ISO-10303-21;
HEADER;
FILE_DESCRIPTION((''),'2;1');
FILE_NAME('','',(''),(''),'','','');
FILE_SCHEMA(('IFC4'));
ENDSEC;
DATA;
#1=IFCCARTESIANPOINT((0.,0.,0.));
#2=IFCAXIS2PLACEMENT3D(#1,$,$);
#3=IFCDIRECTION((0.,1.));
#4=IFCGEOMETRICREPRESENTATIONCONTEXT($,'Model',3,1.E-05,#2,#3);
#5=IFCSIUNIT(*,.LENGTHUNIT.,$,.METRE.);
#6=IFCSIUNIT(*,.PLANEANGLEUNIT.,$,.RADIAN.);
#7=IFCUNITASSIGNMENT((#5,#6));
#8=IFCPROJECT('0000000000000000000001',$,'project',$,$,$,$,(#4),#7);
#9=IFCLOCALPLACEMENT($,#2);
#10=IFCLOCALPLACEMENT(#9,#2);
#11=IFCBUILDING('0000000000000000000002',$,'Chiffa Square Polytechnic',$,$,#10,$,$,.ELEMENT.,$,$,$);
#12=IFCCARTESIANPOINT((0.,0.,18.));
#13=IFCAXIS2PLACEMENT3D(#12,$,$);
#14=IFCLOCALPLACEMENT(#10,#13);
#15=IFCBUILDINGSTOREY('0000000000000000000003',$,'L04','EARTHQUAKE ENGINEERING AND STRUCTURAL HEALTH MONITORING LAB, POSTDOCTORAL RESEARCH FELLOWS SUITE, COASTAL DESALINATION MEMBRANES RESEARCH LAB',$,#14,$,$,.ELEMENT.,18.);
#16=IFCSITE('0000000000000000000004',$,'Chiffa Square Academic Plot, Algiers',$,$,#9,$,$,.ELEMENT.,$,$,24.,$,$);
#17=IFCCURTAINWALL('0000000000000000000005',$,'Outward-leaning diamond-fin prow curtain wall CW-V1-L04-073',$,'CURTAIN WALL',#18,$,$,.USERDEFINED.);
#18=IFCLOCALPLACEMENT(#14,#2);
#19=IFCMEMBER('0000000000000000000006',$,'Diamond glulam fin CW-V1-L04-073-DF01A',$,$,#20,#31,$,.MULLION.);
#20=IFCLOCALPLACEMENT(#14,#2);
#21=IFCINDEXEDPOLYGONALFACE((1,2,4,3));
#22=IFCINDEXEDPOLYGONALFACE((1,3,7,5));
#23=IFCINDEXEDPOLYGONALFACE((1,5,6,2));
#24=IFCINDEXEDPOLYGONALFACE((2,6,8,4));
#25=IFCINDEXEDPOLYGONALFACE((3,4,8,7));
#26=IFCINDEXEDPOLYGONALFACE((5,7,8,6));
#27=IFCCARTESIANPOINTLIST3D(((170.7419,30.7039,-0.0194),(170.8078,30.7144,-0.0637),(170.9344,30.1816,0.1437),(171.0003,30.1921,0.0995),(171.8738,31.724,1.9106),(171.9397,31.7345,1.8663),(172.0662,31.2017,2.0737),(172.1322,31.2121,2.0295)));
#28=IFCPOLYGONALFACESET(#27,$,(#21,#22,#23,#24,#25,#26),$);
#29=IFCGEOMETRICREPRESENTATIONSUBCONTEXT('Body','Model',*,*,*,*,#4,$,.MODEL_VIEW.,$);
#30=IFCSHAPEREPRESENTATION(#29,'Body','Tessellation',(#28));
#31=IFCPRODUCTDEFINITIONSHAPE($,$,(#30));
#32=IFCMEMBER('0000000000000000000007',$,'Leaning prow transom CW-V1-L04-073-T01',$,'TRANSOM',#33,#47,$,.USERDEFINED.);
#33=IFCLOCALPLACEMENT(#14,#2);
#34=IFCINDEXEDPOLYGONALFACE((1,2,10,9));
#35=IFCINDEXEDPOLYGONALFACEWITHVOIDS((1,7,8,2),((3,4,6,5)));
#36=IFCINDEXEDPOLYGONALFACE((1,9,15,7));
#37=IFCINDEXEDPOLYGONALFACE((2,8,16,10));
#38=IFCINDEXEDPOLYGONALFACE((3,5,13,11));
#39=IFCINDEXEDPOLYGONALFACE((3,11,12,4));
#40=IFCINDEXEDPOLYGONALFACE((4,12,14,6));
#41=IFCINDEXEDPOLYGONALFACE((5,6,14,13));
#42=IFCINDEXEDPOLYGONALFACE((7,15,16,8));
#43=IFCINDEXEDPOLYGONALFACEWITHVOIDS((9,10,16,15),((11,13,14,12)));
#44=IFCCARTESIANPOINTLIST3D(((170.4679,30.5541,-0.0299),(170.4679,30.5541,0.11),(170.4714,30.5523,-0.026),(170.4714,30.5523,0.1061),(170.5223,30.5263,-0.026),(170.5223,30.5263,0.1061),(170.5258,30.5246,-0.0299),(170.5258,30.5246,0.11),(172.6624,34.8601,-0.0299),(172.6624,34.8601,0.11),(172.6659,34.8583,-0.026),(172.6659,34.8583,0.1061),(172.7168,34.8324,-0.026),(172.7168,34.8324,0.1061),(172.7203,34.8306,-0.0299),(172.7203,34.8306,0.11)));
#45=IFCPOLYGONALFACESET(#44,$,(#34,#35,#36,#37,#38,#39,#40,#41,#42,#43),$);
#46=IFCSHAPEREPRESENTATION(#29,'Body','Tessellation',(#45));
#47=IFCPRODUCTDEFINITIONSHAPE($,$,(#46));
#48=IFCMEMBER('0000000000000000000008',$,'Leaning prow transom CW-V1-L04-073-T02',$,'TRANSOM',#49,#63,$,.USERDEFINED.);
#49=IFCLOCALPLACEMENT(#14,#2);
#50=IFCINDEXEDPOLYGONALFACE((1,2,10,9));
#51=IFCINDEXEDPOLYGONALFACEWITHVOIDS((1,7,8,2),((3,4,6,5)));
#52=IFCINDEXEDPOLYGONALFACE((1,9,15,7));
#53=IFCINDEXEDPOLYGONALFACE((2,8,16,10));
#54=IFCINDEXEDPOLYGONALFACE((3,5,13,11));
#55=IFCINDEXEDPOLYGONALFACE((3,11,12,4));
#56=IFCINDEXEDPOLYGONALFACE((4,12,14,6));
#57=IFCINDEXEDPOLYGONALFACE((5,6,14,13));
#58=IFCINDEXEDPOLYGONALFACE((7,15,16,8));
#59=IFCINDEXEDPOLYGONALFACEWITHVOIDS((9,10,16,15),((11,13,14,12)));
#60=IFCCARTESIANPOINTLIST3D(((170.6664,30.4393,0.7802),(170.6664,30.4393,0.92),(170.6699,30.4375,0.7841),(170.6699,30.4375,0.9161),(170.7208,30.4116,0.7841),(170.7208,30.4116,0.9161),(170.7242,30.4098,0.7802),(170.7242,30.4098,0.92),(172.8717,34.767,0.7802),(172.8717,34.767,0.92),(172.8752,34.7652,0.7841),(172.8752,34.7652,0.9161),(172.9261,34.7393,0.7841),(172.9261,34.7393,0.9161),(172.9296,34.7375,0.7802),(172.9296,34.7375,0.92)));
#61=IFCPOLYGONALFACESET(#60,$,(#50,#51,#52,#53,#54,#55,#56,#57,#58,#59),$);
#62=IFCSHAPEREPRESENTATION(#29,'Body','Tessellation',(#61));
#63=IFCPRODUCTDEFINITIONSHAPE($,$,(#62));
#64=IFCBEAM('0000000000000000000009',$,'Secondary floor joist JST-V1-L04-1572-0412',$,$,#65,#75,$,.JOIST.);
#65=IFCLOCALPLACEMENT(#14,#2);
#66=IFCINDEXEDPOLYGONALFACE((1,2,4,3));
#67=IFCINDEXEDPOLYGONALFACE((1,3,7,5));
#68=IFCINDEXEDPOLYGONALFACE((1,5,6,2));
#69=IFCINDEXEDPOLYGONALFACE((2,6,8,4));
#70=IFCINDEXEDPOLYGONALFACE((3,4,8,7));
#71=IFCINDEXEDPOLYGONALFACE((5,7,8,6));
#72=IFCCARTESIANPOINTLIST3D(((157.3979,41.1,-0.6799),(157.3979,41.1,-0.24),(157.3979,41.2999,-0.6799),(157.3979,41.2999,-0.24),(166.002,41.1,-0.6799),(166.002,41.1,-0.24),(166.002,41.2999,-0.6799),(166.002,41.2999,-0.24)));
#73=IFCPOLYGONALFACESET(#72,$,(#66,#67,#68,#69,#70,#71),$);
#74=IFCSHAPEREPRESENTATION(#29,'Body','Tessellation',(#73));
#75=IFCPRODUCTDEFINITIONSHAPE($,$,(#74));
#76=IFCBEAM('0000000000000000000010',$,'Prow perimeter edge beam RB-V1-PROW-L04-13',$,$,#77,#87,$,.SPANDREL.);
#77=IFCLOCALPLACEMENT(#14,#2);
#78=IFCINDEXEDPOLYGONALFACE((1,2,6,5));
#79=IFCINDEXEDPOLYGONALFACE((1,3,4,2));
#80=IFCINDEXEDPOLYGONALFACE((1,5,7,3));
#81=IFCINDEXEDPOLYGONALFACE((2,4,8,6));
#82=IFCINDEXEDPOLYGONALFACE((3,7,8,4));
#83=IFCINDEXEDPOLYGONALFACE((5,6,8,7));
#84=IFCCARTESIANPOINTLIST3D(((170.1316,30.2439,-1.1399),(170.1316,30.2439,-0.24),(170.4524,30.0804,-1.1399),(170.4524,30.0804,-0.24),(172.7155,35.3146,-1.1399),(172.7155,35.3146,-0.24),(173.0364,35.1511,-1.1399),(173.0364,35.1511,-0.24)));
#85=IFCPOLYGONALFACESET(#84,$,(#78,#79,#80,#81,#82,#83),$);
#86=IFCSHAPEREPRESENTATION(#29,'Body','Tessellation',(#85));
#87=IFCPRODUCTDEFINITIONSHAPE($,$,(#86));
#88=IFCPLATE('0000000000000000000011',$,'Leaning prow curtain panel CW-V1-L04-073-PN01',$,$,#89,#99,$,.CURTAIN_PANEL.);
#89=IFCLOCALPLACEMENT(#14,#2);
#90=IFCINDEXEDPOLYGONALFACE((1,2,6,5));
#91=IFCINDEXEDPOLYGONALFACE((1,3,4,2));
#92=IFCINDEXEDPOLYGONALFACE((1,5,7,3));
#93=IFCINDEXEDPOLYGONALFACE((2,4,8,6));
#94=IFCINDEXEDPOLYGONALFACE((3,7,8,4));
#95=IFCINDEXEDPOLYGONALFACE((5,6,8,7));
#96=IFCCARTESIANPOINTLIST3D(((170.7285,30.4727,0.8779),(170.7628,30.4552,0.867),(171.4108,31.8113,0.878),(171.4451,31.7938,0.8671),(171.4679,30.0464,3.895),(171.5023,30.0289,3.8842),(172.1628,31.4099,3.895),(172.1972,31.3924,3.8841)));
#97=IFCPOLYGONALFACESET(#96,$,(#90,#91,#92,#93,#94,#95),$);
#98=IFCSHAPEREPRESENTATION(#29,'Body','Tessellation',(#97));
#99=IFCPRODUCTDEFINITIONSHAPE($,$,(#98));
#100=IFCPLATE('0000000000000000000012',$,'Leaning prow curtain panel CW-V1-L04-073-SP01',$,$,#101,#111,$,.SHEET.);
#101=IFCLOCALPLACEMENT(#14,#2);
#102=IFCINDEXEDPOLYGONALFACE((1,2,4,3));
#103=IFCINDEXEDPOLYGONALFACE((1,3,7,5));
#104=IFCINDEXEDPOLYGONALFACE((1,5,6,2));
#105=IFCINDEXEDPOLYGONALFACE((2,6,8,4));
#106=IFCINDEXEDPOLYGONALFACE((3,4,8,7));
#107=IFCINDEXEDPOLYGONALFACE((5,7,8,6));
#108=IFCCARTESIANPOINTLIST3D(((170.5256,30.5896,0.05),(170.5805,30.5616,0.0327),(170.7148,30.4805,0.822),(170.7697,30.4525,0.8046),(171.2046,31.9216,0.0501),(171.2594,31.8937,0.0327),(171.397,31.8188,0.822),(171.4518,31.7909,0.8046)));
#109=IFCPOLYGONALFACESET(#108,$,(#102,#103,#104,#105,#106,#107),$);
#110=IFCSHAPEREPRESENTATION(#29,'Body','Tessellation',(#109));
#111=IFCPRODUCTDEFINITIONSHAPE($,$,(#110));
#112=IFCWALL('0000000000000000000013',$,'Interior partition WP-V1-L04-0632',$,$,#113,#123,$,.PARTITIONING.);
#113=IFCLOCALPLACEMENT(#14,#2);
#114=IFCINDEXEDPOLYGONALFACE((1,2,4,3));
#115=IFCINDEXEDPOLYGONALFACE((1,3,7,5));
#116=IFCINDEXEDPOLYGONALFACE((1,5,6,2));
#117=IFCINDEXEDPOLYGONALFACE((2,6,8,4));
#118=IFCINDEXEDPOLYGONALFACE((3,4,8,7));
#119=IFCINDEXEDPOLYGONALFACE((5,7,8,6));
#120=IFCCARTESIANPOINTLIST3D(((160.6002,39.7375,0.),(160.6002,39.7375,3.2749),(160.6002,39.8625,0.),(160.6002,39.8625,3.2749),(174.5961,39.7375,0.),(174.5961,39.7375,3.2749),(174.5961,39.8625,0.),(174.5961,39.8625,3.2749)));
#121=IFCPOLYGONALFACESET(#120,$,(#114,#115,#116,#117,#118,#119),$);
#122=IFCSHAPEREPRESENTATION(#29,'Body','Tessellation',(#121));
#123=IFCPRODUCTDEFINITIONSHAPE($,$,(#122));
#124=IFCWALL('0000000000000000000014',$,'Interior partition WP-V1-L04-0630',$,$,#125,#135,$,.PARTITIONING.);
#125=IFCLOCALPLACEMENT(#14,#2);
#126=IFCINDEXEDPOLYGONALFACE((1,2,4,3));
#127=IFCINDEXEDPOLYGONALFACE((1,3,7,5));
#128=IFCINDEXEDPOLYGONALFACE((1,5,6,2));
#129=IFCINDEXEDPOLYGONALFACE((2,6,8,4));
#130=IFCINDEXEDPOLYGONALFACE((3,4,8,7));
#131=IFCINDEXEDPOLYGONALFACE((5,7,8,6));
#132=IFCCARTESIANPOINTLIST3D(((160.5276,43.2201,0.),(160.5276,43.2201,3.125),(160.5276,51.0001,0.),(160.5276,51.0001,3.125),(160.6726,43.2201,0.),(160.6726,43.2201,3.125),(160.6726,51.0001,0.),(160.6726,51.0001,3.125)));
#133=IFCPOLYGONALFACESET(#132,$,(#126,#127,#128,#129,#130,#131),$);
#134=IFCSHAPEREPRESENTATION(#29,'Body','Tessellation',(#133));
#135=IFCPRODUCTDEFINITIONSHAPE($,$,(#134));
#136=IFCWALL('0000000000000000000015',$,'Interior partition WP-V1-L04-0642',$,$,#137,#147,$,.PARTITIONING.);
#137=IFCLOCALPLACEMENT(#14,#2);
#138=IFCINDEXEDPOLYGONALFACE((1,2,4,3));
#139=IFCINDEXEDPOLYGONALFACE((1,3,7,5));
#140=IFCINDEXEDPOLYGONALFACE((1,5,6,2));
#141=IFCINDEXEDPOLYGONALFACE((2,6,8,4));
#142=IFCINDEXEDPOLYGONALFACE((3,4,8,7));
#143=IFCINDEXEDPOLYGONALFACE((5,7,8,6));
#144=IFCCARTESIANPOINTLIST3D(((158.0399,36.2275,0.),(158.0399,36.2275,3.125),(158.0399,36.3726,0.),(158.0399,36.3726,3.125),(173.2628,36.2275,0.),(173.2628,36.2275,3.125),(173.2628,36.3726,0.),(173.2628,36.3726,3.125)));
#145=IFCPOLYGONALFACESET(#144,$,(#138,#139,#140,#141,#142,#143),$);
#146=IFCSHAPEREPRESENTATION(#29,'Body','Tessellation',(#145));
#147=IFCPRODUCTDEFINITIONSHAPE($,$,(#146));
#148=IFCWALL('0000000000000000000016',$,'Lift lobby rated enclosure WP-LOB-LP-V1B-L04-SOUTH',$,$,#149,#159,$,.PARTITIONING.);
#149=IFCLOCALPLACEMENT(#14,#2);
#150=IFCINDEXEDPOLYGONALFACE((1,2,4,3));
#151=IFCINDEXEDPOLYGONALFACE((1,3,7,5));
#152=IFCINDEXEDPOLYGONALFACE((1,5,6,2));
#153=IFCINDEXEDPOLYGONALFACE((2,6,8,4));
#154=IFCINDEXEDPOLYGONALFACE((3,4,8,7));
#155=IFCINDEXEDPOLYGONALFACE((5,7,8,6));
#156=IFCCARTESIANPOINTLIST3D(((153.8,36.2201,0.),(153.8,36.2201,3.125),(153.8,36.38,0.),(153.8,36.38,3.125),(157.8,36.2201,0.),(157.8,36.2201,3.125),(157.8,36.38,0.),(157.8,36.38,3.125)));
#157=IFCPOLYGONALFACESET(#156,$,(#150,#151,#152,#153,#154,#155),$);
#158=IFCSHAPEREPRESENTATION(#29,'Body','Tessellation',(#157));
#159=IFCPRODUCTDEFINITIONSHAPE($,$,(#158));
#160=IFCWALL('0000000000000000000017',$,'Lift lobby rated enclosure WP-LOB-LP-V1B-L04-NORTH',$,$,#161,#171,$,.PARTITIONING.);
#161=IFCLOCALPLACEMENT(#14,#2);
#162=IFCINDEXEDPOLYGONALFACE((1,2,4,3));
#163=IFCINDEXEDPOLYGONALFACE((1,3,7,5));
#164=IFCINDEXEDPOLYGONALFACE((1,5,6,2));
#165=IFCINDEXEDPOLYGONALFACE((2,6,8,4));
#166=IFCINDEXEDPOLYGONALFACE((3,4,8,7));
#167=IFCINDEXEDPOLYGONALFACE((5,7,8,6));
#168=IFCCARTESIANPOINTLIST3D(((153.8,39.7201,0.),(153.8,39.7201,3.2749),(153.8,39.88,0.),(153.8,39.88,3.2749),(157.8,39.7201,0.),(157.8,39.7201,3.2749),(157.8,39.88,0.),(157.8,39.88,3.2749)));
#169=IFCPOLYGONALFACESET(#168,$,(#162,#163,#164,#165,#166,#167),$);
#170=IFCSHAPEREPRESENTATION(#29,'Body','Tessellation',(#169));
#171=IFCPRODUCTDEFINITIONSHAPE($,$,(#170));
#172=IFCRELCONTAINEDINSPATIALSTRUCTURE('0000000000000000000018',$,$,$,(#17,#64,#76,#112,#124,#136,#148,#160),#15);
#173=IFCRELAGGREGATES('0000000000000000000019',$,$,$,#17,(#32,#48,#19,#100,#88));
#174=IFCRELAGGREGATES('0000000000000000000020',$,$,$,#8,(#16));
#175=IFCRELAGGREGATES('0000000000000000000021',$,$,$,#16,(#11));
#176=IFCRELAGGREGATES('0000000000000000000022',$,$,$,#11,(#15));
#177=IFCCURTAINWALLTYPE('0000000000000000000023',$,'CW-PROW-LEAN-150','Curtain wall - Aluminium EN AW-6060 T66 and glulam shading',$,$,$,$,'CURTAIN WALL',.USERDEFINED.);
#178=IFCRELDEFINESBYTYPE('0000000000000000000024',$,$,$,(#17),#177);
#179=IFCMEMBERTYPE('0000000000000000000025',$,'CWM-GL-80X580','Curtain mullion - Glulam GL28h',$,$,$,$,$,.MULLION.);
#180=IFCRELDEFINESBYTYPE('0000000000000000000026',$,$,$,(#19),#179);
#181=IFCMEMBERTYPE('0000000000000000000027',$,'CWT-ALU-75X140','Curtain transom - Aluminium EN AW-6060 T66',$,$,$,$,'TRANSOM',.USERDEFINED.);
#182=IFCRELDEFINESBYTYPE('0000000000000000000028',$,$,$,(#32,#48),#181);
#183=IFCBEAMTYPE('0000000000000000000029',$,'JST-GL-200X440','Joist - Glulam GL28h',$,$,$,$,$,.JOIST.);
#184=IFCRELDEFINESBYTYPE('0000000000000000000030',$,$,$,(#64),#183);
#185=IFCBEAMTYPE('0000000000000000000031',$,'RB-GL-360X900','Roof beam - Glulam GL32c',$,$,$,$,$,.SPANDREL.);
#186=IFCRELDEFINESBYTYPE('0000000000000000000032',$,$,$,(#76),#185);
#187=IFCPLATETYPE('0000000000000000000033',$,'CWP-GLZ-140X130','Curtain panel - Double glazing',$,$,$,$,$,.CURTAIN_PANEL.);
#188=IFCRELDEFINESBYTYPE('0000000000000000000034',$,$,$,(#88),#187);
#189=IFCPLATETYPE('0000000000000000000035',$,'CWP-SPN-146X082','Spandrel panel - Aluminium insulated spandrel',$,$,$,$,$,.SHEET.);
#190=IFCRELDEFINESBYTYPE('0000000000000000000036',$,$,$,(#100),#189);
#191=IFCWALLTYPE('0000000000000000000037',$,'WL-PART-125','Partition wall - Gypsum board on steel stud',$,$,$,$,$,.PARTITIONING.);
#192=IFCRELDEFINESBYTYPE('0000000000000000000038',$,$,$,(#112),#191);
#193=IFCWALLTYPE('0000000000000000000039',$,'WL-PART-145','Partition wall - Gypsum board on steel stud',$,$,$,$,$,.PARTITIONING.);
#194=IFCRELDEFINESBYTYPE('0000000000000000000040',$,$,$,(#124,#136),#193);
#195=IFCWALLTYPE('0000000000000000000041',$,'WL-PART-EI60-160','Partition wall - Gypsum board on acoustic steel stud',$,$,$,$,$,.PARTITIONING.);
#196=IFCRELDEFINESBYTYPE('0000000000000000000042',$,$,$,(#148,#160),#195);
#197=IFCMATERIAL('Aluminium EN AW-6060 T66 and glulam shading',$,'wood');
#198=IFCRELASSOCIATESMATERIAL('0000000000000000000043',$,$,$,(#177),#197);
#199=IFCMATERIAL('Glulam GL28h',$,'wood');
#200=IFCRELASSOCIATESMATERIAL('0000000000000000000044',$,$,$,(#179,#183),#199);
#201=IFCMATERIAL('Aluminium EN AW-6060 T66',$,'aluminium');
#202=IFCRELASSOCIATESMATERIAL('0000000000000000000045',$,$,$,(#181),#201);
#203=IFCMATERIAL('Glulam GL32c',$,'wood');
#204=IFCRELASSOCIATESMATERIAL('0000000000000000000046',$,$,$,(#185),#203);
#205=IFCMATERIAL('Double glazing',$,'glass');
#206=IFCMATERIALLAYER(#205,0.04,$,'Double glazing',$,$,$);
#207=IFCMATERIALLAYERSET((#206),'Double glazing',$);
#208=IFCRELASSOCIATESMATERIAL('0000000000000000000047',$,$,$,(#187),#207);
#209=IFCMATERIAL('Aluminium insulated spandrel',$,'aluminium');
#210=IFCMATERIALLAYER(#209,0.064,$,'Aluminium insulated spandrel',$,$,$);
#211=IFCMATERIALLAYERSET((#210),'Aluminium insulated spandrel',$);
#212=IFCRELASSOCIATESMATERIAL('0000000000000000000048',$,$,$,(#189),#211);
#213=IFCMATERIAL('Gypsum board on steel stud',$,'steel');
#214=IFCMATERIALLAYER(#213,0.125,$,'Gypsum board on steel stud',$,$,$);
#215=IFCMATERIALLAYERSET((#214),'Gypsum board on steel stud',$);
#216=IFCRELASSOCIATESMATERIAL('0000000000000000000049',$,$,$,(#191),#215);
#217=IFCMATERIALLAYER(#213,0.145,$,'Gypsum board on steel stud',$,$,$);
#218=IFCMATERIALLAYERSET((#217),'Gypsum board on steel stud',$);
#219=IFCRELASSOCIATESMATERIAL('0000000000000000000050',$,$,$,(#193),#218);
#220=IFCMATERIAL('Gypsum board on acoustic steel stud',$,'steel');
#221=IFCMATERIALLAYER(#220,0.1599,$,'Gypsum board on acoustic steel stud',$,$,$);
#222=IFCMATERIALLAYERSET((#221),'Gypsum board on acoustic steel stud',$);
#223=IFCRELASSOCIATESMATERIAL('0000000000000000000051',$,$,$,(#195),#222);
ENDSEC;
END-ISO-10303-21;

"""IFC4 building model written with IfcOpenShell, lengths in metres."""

from ifc_helpers import new_model, si_unit, direction, frame, frame_2d, origin, origin_2d, place, context, subcontext, project, spatial, polyline, rectangle, hollow_rectangle, outline, extrude, material, layer, layer_set, material_profile, profile_set, type_object, element, aggregate, save


model = new_model("IFC4")

# Units and contexts
model_context = context("Model", 3, precision=1e-05, world=origin(), true_north=direction((0.0, 1.0)))
body_context = subcontext(model_context, "Body", "Model", "MODEL_VIEW")
ifc_project = project(units=[si_unit("LENGTHUNIT", "METRE"), si_unit("PLANEANGLEUNIT", "RADIAN")], contexts=[model_context])

# Site, building, storey
site_placement = place(None, origin())
site = spatial("IfcSite", under=ifc_project, at=site_placement, Name="Chiffa Square Academic Plot, Algiers", CompositionType="ELEMENT", RefElevation=24.0)
building_placement = place(site_placement, origin())
building = spatial("IfcBuilding", under=site, at=building_placement, Name="Chiffa Square Polytechnic", CompositionType="ELEMENT")
storey_placement = place(building_placement, frame((0.0, 0.0, 18.0)))
storey = spatial("IfcBuildingStorey", under=building, at=storey_placement, Name="L04", Description="EARTHQUAKE ENGINEERING AND STRUCTURAL HEALTH MONITORING LAB, POSTDOCTORAL RESEARCH FELLOWS SUITE, COASTAL DESALINATION MEMBRANES RESEARCH LAB", CompositionType="ELEMENT", Elevation=18.0)

# Shared definitions
ifc_material_1 = material(Name="Glulam GL32c", Category="wood")

# Shared definitions
ifc_material_2 = material(Name="Aluminium EN AW-6060 T66 and glulam shading", Category="wood")
ifc_material_3 = material(Name="Aluminium EN AW-6060 T66", Category="aluminium")

# Curtain wall, members
curtain_wall_type_1 = type_object("IfcCurtainWallType", Name="CW-PROW-LEAN-150", Description="Curtain wall - Aluminium EN AW-6060 T66 and glulam shading", ElementType="CURTAIN WALL", PredefinedType="USERDEFINED", material=ifc_material_2)
curtain_wall_1_placement = place(storey_placement, origin())
curtain_wall_1 = element("IfcCurtainWall", 1, at=curtain_wall_1_placement, inside=storey, type_object=curtain_wall_type_1, Name="Outward-leaning diamond-fin prow curtain wall CW-V1-L04-073", ObjectType="CURTAIN WALL", PredefinedType="USERDEFINED")
ifc_material_4 = material(Name="Glulam GL28h", Category="wood")
ifc_material_profile_1 = material_profile(ifc_material_4, rectangle(XDim=0.0801, YDim=0.5801, at=origin_2d()), Name="GL28h 80x580")
ifc_profile_set_1 = profile_set([ifc_material_profile_1], Name="Glulam GL28h")
member_type_1 = type_object("IfcMemberType", Name="CWM-GL-80X580", Description="Curtain mullion - Glulam GL28h", PredefinedType="MULLION", material=ifc_profile_set_1)
member_1_placement = place(storey_placement, frame((170.8711, 30.448, 0.04), z_axis=(0.460304, 0.41483, 0.78488), x_axis=(-0.823427, -0.13093, 0.55211)))
member_1 = element("IfcMember", 2, at=member_1_placement, type_object=member_type_1, Name="Diamond glulam fin CW-V1-L04-073-DF01A", PredefinedType="MULLION", context=body_context, shape_type="SweptSolid", body=[
    extrude(rectangle(XDim=0.0801, YDim=0.5801, at=origin_2d()), origin(), (0.0, 0.0, 1.0), 2.459),
])
ifc_material_profile_2 = material_profile(ifc_material_3, hollow_rectangle(XDim=0.0649, YDim=0.1399, WallThickness=0.0039, at=origin_2d()), Name="ALU 65x140x4")
ifc_profile_set_2 = profile_set([ifc_material_profile_2], Name="Aluminium EN AW-6060 T66")
member_type_2 = type_object("IfcMemberType", Name="CWT-ALU-75X140", Description="Curtain transom - Aluminium EN AW-6060 T66", ElementType="TRANSOM", PredefinedType="USERDEFINED", material=ifc_profile_set_2)
member_2_placement = place(storey_placement, frame((170.4968, 30.5393, 0.04), z_axis=(0.45407, 0.890966, 0.0), x_axis=(-0.890966, 0.45407, 0.0)))
member_2 = element("IfcMember", 3, at=member_2_placement, type_object=member_type_2, Name="Leaning prow transom CW-V1-L04-073-T01", ObjectType="TRANSOM", PredefinedType="USERDEFINED", context=body_context, shape_type="SweptSolid", body=[
    extrude(hollow_rectangle(XDim=0.0649, YDim=0.1399, WallThickness=0.0039, at=origin_2d()), origin(), (0.0, 0.0, 1.0), 4.833),
])
member_3_placement = place(storey_placement, frame((170.6953, 30.4246, 0.8501), z_axis=(0.454036, 0.890983, 0.0), x_axis=(-0.890983, 0.454036, 0.0)))
member_3 = element("IfcMember", 4, at=member_3_placement, type_object=member_type_2, Name="Leaning prow transom CW-V1-L04-073-T02", ObjectType="TRANSOM", PredefinedType="USERDEFINED", context=body_context, shape_type="SweptSolid", body=[
    extrude(hollow_rectangle(XDim=0.0649, YDim=0.1399, WallThickness=0.0039, at=origin_2d()), origin(), (0.0, 0.0, 1.0), 4.8572),
])

# Beams
ifc_material_profile_3 = material_profile(ifc_material_4, rectangle(XDim=0.2, YDim=0.4399, at=origin_2d()), Name="GL28h 200x440")
ifc_profile_set_3 = profile_set([ifc_material_profile_3], Name="Glulam GL28h")
beam_type_1 = type_object("IfcBeamType", Name="JST-GL-200X440", Description="Joist - Glulam GL28h", PredefinedType="JOIST", material=ifc_profile_set_3)
beam_1_placement = place(storey_placement, frame((157.3979, 41.2, -0.46), z_axis=(1.0, 0.0, 0.0), x_axis=(0.0, 1.0, 0.0)))
element("IfcBeam", 5, at=beam_1_placement, inside=storey, type_object=beam_type_1, Name="Secondary floor joist JST-V1-L04-1572-0412", PredefinedType="JOIST", context=body_context, shape_type="SweptSolid", body=[
    extrude(rectangle(XDim=0.2, YDim=0.4399, at=origin_2d()), origin(), (0.0, 0.0, 1.0), 8.604),
])
ifc_material_profile_4 = material_profile(ifc_material_1, rectangle(XDim=0.3601, YDim=0.8999, at=origin_2d()), Name="GL32c 360x900")
ifc_profile_set_4 = profile_set([ifc_material_profile_4], Name="Glulam GL32c")
beam_type_2 = type_object("IfcBeamType", Name="RB-GL-360X900", Description="Roof beam - Glulam GL32c", PredefinedType="SPANDREL", material=ifc_profile_set_4)
beam_2_placement = place(storey_placement, frame((170.292, 30.1621, -0.6899), z_axis=(0.45403, 0.890986, 0.0), x_axis=(-0.890986, 0.45403, 0.0)))
element("IfcBeam", 6, at=beam_2_placement, inside=storey, type_object=beam_type_2, Name="Prow perimeter edge beam RB-V1-PROW-L04-13", PredefinedType="SPANDREL", context=body_context, shape_type="SweptSolid", body=[
    extrude(rectangle(XDim=0.3601, YDim=0.8999, at=origin_2d()), origin(), (0.0, 0.0, 1.0), 5.6912),
])

# Plates
ifc_material_5 = material(Name="Double glazing", Category="glass")
ifc_layer_1 = layer(ifc_material_5, 0.04, Name="Double glazing")
ifc_layer_set_1 = layer_set([ifc_layer_1], Name="Double glazing")
plate_type_1 = type_object("IfcPlateType", Name="CWP-GLZ-140X130", Description="Curtain panel - Double glazing", PredefinedType="CURTAIN_PANEL", material=ifc_layer_set_1)
plate_1_placement = place(storey_placement, frame((170.7285, 30.4727, 0.8779), z_axis=(-0.8574, 0.436989, 0.271858), x_axis=(0.454096, 0.890953, 0.000019)))
plate_1 = element("IfcPlate", 7, at=plate_1_placement, type_object=plate_type_1, Name="Leaning prow curtain panel CW-V1-L04-073-PN01", PredefinedType="CURTAIN_PANEL", context=body_context, shape_type="SweptSolid", body=[
    extrude(outline(polyline([(0.0, 0.0), (1.5025, 0.0), (1.4864, -3.1351), (-0.0439, -3.1352), (0.0, 0.0)])), origin(), (0.0, 0.0, -1.0), 0.04),
])
ifc_material_6 = material(Name="Aluminium insulated spandrel", Category="aluminium")
ifc_layer_2 = layer(ifc_material_6, 0.064, Name="Aluminium insulated spandrel")
ifc_layer_set_2 = layer_set([ifc_layer_2], Name="Aluminium insulated spandrel")
plate_type_2 = type_object("IfcPlateType", Name="CWP-SPN-146X082", Description="Spandrel panel - Aluminium insulated spandrel", PredefinedType="SHEET", material=ifc_layer_set_2)
plate_2_placement = place(storey_placement, frame((170.5256, 30.5896, 0.05), z_axis=(-0.857384, 0.437001, 0.271886), x_axis=(0.454109, 0.890946, 0.000005)))
plate_2 = element("IfcPlate", 8, at=plate_2_placement, type_object=plate_type_2, Name="Leaning prow curtain panel CW-V1-L04-073-SP01", PredefinedType="SHEET", context=body_context, shape_type="SweptSolid", body=[
    extrude(outline(polyline([(0.0, 0.0), (1.4951, 0.0), (1.4909, -0.8022), (-0.0113, -0.8022), (0.0, 0.0)])), origin(), (0.0, 0.0, -1.0), 0.064),
])
aggregate(curtain_wall_1, [member_2, member_3, member_1, plate_2, plate_1])

# Walls
ifc_material_7 = material(Name="Gypsum board on steel stud", Category="steel")
ifc_layer_3 = layer(ifc_material_7, 0.125, Name="Gypsum board on steel stud")
ifc_layer_set_3 = layer_set([ifc_layer_3], Name="Gypsum board on steel stud")
wall_type_1 = type_object("IfcWallType", Name="WL-PART-125", Description="Partition wall - Gypsum board on steel stud", PredefinedType="PARTITIONING", material=ifc_layer_set_3)
wall_1_placement = place(storey_placement, frame((160.6001, 39.8, 0.0), z_axis=(0.0, 0.0, 1.0), x_axis=(1.0, 0.0, 0.0)))
element("IfcWall", 9, at=wall_1_placement, inside=storey, type_object=wall_type_1, Name="Interior partition WP-V1-L04-0632", PredefinedType="PARTITIONING", context=body_context, shape_type="SweptSolid", body=[
    extrude(rectangle(XDim=13.9958, YDim=0.125, at=frame_2d((6.998, 0.0))), origin(), (0.0, 0.0, 1.0), 3.2749),
])
ifc_layer_4 = layer(ifc_material_7, 0.145, Name="Gypsum board on steel stud")
ifc_layer_set_4 = layer_set([ifc_layer_4], Name="Gypsum board on steel stud")
wall_type_2 = type_object("IfcWallType", Name="WL-PART-145", Description="Partition wall - Gypsum board on steel stud", PredefinedType="PARTITIONING", material=ifc_layer_set_4)
wall_2_placement = place(storey_placement, frame((160.6001, 43.22, 0.0), z_axis=(0.0, 0.0, 1.0), x_axis=(0.0, 1.0, 0.0)))
element("IfcWall", 10, at=wall_2_placement, inside=storey, type_object=wall_type_2, Name="Interior partition WP-V1-L04-0630", PredefinedType="PARTITIONING", context=body_context, shape_type="SweptSolid", body=[
    extrude(rectangle(XDim=7.78, YDim=0.145, at=frame_2d((3.8901, 0.0))), origin(), (0.0, 0.0, 1.0), 3.125),
])
wall_3_placement = place(storey_placement, frame((158.04, 36.3, 0.0), z_axis=(0.0, 0.0, 1.0), x_axis=(1.0, 0.0, 0.0)))
element("IfcWall", 11, at=wall_3_placement, inside=storey, type_object=wall_type_2, Name="Interior partition WP-V1-L04-0642", PredefinedType="PARTITIONING", context=body_context, shape_type="SweptSolid", body=[
    extrude(rectangle(XDim=15.2229, YDim=0.145, at=frame_2d((7.6113, 0.0))), origin(), (0.0, 0.0, 1.0), 3.125),
])
ifc_material_8 = material(Name="Gypsum board on acoustic steel stud", Category="steel")
ifc_layer_5 = layer(ifc_material_8, 0.1599, Name="Gypsum board on acoustic steel stud")
ifc_layer_set_5 = layer_set([ifc_layer_5], Name="Gypsum board on acoustic steel stud")
wall_type_3 = type_object("IfcWallType", Name="WL-PART-EI60-160", Description="Partition wall - Gypsum board on acoustic steel stud", PredefinedType="PARTITIONING", material=ifc_layer_set_5)
wall_4_placement = place(storey_placement, frame((153.8, 36.3, 0.0), z_axis=(0.0, 0.0, 1.0), x_axis=(1.0, 0.0, 0.0)))
element("IfcWall", 12, at=wall_4_placement, inside=storey, type_object=wall_type_3, Name="Lift lobby rated enclosure WP-LOB-LP-V1B-L04-SOUTH", PredefinedType="PARTITIONING", context=body_context, shape_type="SweptSolid", body=[
    extrude(rectangle(XDim=4.0, YDim=0.1599, at=frame_2d((2.0, 0.0))), origin(), (0.0, 0.0, 1.0), 3.125),
])
wall_5_placement = place(storey_placement, frame((153.8, 39.8, 0.0), z_axis=(0.0, 0.0, 1.0), x_axis=(1.0, 0.0, 0.0)))
element("IfcWall", 13, at=wall_5_placement, inside=storey, type_object=wall_type_3, Name="Lift lobby rated enclosure WP-LOB-LP-V1B-L04-NORTH", PredefinedType="PARTITIONING", context=body_context, shape_type="SweptSolid", body=[
    extrude(rectangle(XDim=4.0, YDim=0.1599, at=frame_2d((2.0, 0.0))), origin(), (0.0, 0.0, 1.0), 3.2749),
])

save(model, "model.ifc")
